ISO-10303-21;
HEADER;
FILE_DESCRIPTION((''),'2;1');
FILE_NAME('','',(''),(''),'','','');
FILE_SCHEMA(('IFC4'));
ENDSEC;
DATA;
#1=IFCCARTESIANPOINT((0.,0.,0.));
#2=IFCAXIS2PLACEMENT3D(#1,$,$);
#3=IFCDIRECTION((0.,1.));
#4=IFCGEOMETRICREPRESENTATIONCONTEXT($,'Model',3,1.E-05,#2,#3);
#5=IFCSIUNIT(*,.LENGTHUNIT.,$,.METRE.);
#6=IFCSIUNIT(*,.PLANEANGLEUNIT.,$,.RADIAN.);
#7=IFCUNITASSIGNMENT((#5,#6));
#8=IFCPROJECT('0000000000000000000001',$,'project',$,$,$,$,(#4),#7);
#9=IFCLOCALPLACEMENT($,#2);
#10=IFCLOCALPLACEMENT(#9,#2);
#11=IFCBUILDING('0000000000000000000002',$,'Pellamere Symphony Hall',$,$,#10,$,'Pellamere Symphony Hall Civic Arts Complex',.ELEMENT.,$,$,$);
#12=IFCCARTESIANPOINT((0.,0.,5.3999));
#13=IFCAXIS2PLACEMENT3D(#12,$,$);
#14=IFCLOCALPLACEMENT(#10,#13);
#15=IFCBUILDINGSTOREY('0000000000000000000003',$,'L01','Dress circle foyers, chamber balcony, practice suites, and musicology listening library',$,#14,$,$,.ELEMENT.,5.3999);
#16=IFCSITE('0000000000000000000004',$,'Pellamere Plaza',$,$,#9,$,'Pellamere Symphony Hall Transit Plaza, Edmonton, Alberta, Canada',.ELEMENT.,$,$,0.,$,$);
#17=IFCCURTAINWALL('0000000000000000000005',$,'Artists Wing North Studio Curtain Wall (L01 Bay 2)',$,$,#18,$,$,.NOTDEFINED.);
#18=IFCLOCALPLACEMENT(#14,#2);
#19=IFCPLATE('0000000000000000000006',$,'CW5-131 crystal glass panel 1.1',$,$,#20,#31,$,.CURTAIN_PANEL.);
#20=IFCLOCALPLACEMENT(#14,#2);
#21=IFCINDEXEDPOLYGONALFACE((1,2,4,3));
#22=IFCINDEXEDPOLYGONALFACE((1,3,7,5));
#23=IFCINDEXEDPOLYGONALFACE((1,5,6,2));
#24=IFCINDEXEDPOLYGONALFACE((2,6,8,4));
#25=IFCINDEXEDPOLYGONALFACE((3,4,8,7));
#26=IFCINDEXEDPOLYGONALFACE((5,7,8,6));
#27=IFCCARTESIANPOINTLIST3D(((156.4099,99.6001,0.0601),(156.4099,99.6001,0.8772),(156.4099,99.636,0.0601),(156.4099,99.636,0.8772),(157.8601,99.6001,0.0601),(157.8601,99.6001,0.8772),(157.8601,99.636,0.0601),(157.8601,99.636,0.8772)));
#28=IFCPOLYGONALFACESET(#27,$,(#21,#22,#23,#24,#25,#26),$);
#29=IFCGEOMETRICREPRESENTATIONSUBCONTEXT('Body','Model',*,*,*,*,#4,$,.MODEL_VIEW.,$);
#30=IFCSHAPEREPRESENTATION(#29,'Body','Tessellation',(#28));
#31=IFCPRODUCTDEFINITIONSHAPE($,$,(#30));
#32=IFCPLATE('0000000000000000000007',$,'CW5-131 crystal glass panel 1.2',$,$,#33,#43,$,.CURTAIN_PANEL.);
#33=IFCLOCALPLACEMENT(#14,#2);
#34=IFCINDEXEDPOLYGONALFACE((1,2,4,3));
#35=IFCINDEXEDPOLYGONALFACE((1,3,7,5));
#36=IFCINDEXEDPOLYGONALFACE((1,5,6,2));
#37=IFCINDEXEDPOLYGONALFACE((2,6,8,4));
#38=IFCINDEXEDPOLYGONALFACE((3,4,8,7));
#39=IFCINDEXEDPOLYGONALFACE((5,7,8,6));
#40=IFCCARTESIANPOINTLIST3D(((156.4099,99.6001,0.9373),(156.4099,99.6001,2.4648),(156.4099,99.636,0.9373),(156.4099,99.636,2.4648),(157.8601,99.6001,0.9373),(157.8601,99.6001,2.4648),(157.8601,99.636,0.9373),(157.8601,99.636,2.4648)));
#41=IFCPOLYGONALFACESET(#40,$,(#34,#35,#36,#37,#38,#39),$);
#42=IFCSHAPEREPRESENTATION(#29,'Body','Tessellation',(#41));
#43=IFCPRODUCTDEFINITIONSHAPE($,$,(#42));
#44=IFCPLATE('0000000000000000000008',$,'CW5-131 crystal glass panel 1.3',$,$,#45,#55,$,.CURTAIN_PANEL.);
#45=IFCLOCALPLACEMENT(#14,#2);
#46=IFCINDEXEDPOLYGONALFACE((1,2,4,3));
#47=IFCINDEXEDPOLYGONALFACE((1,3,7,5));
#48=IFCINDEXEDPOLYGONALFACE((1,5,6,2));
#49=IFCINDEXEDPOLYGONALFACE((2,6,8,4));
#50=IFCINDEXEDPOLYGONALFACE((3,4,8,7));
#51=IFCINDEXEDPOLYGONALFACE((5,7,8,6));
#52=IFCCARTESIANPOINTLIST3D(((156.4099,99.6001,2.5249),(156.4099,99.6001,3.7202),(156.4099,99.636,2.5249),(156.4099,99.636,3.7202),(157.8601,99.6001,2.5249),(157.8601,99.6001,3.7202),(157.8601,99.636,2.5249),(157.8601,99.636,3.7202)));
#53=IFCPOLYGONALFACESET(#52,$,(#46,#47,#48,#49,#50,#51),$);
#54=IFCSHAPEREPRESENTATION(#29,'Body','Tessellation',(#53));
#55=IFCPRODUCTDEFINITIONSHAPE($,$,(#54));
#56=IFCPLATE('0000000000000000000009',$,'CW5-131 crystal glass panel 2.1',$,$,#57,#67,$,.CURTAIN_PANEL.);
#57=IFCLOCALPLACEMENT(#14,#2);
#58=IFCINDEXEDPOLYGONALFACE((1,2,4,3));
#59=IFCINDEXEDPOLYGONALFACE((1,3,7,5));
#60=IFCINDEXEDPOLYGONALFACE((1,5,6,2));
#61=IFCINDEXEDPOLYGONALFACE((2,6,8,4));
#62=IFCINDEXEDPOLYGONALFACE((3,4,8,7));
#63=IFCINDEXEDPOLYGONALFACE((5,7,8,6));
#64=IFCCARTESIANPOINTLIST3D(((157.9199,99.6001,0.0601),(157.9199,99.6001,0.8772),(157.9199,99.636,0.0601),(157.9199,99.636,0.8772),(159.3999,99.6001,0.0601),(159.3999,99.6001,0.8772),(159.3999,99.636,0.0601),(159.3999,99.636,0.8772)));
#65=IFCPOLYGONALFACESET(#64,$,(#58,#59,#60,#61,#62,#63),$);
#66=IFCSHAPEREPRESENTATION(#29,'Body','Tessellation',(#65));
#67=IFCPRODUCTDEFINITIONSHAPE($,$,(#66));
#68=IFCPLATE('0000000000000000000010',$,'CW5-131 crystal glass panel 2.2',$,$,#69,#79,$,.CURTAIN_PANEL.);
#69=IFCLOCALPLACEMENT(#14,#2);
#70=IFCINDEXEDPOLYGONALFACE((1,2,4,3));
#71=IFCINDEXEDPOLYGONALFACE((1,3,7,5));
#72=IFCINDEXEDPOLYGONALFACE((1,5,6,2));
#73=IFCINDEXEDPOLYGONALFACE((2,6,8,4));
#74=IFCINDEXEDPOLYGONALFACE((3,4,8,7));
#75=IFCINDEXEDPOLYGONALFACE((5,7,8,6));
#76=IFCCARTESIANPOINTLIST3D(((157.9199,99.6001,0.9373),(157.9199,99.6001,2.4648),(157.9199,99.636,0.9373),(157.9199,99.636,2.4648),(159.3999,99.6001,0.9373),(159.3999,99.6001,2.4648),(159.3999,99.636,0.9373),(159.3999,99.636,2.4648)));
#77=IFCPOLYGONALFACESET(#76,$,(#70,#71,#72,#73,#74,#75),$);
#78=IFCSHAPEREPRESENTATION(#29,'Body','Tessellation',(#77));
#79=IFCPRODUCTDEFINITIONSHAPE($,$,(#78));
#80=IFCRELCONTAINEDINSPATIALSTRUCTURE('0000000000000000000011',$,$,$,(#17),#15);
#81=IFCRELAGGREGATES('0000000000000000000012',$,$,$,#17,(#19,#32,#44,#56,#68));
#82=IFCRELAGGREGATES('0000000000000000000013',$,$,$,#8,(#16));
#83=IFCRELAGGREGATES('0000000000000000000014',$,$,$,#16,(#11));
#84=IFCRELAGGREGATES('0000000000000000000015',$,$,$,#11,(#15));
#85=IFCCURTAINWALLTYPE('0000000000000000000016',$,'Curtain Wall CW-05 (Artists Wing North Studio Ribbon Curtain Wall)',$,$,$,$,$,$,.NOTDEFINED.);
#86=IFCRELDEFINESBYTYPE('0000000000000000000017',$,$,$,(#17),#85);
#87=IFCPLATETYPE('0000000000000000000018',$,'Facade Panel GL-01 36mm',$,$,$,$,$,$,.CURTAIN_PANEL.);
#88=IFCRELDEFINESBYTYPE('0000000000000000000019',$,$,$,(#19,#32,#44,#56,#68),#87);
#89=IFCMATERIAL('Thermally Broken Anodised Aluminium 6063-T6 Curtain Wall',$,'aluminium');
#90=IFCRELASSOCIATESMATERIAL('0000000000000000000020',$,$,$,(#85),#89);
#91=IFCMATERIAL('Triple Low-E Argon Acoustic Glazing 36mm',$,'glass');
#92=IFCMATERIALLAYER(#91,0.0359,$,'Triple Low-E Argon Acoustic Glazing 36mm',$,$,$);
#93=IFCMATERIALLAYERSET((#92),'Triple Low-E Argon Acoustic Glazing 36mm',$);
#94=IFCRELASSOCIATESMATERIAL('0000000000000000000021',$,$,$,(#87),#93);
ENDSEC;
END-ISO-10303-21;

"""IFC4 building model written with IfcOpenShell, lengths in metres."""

from ifc_helpers import new_model, si_unit, direction, frame, origin, place, context, subcontext, project, spatial, polyline, outline, extrude, material, layer, layer_set, type_object, element, aggregate, save


model = new_model("IFC4")

# Units and contexts
model_context = context("Model", 3, precision=1e-05, world=origin(), true_north=direction((0.0, 1.0)))
body_context = subcontext(model_context, "Body", "Model", "MODEL_VIEW")
ifc_project = project(units=[si_unit("LENGTHUNIT", "METRE"), si_unit("PLANEANGLEUNIT", "RADIAN")], contexts=[model_context])

# Site, building, storey
site_placement = place(None, origin())
site = spatial("IfcSite", under=ifc_project, at=site_placement, Name="Pellamere Plaza", LongName="Pellamere Symphony Hall Transit Plaza, Edmonton, Alberta, Canada", CompositionType="ELEMENT", RefElevation=0.0)
building_placement = place(site_placement, origin())
building = spatial("IfcBuilding", under=site, at=building_placement, Name="Pellamere Symphony Hall", LongName="Pellamere Symphony Hall Civic Arts Complex", CompositionType="ELEMENT")
storey_placement = place(building_placement, frame((0.0, 0.0, 5.3999)))
storey = spatial("IfcBuildingStorey", under=building, at=storey_placement, Name="L01", Description="Dress circle foyers, chamber balcony, practice suites, and musicology listening library", CompositionType="ELEMENT", Elevation=5.3999)

# Curtain wall
ifc_material_1 = material(Name="Thermally Broken Anodised Aluminium 6063-T6 Curtain Wall", Category="aluminium")
curtain_wall_type = type_object("IfcCurtainWallType", Name="Curtain Wall CW-05 (Artists Wing North Studio Ribbon Curtain Wall)", PredefinedType="NOTDEFINED", material=ifc_material_1)
curtain_wall_1_placement = place(storey_placement, origin())
curtain_wall_1 = element("IfcCurtainWall", 1, at=curtain_wall_1_placement, inside=storey, type_object=curtain_wall_type, Name="Artists Wing North Studio Curtain Wall (L01 Bay 2)", PredefinedType="NOTDEFINED")

# Plates
ifc_material_2 = material(Name="Triple Low-E Argon Acoustic Glazing 36mm", Category="glass")
ifc_layer = layer(ifc_material_2, 0.0359, Name="Triple Low-E Argon Acoustic Glazing 36mm")
ifc_layer_set = layer_set([ifc_layer], Name="Triple Low-E Argon Acoustic Glazing 36mm")
plate_type = type_object("IfcPlateType", Name="Facade Panel GL-01 36mm", PredefinedType="CURTAIN_PANEL", material=ifc_layer_set)
plate_1_placement = place(storey_placement, frame((156.4099, 99.6001, 0.0601), z_axis=(0.0, -1.0, 0.0), x_axis=(1.0, 0.0, 0.0)))
plate_1 = element("IfcPlate", 2, at=plate_1_placement, type_object=plate_type, Name="CW5-131 crystal glass panel 1.1", PredefinedType="CURTAIN_PANEL", context=body_context, shape_type="SweptSolid", body=[
    extrude(outline(polyline([(0.0, 0.0), (1.4502, 0.0), (1.4502, 0.8171), (0.0, 0.8171), (0.0, 0.0)])), origin(), (0.0, 0.0, -1.0), 0.0359),
])
plate_2_placement = place(storey_placement, frame((156.4099, 99.6001, 0.9373), z_axis=(0.0, -1.0, 0.0), x_axis=(1.0, 0.0, 0.0)))
plate_2 = element("IfcPlate", 3, at=plate_2_placement, type_object=plate_type, Name="CW5-131 crystal glass panel 1.2", PredefinedType="CURTAIN_PANEL", context=body_context, shape_type="SweptSolid", body=[
    extrude(outline(polyline([(0.0, 0.0), (1.4502, 0.0), (1.4502, 1.5276), (0.0, 1.5276), (0.0, 0.0)])), origin(), (0.0, 0.0, -1.0), 0.0359),
])
plate_3_placement = place(storey_placement, frame((156.4099, 99.6001, 2.5249), z_axis=(0.0, -1.0, 0.0), x_axis=(1.0, 0.0, 0.0)))
plate_3 = element("IfcPlate", 4, at=plate_3_placement, type_object=plate_type, Name="CW5-131 crystal glass panel 1.3", PredefinedType="CURTAIN_PANEL", context=body_context, shape_type="SweptSolid", body=[
    extrude(outline(polyline([(0.0, 0.0), (1.4502, 0.0), (1.4502, 1.1953), (0.0, 1.1953), (0.0, 0.0)])), origin(), (0.0, 0.0, -1.0), 0.0359),
])
plate_4_placement = place(storey_placement, frame((157.9199, 99.6001, 0.0601), z_axis=(0.0, -1.0, 0.0), x_axis=(1.0, 0.0, 0.0)))
plate_4 = element("IfcPlate", 5, at=plate_4_placement, type_object=plate_type, Name="CW5-131 crystal glass panel 2.1", PredefinedType="CURTAIN_PANEL", context=body_context, shape_type="SweptSolid", body=[
    extrude(outline(polyline([(0.0, 0.0), (1.48, 0.0), (1.48, 0.8171), (0.0, 0.8171), (0.0, 0.0)])), origin(), (0.0, 0.0, -1.0), 0.0359),
])
plate_5_placement = place(storey_placement, frame((157.9199, 99.6001, 0.9373), z_axis=(0.0, -1.0, 0.0), x_axis=(1.0, 0.0, 0.0)))
plate_5 = element("IfcPlate", 6, at=plate_5_placement, type_object=plate_type, Name="CW5-131 crystal glass panel 2.2", PredefinedType="CURTAIN_PANEL", context=body_context, shape_type="SweptSolid", body=[
    extrude(outline(polyline([(0.0, 0.0), (1.48, 0.0), (1.48, 1.5276), (0.0, 1.5276), (0.0, 0.0)])), origin(), (0.0, 0.0, -1.0), 0.0359),
])
aggregate(curtain_wall_1, [plate_1, plate_2, plate_3, plate_4, plate_5])

save(model, "model.ifc")
